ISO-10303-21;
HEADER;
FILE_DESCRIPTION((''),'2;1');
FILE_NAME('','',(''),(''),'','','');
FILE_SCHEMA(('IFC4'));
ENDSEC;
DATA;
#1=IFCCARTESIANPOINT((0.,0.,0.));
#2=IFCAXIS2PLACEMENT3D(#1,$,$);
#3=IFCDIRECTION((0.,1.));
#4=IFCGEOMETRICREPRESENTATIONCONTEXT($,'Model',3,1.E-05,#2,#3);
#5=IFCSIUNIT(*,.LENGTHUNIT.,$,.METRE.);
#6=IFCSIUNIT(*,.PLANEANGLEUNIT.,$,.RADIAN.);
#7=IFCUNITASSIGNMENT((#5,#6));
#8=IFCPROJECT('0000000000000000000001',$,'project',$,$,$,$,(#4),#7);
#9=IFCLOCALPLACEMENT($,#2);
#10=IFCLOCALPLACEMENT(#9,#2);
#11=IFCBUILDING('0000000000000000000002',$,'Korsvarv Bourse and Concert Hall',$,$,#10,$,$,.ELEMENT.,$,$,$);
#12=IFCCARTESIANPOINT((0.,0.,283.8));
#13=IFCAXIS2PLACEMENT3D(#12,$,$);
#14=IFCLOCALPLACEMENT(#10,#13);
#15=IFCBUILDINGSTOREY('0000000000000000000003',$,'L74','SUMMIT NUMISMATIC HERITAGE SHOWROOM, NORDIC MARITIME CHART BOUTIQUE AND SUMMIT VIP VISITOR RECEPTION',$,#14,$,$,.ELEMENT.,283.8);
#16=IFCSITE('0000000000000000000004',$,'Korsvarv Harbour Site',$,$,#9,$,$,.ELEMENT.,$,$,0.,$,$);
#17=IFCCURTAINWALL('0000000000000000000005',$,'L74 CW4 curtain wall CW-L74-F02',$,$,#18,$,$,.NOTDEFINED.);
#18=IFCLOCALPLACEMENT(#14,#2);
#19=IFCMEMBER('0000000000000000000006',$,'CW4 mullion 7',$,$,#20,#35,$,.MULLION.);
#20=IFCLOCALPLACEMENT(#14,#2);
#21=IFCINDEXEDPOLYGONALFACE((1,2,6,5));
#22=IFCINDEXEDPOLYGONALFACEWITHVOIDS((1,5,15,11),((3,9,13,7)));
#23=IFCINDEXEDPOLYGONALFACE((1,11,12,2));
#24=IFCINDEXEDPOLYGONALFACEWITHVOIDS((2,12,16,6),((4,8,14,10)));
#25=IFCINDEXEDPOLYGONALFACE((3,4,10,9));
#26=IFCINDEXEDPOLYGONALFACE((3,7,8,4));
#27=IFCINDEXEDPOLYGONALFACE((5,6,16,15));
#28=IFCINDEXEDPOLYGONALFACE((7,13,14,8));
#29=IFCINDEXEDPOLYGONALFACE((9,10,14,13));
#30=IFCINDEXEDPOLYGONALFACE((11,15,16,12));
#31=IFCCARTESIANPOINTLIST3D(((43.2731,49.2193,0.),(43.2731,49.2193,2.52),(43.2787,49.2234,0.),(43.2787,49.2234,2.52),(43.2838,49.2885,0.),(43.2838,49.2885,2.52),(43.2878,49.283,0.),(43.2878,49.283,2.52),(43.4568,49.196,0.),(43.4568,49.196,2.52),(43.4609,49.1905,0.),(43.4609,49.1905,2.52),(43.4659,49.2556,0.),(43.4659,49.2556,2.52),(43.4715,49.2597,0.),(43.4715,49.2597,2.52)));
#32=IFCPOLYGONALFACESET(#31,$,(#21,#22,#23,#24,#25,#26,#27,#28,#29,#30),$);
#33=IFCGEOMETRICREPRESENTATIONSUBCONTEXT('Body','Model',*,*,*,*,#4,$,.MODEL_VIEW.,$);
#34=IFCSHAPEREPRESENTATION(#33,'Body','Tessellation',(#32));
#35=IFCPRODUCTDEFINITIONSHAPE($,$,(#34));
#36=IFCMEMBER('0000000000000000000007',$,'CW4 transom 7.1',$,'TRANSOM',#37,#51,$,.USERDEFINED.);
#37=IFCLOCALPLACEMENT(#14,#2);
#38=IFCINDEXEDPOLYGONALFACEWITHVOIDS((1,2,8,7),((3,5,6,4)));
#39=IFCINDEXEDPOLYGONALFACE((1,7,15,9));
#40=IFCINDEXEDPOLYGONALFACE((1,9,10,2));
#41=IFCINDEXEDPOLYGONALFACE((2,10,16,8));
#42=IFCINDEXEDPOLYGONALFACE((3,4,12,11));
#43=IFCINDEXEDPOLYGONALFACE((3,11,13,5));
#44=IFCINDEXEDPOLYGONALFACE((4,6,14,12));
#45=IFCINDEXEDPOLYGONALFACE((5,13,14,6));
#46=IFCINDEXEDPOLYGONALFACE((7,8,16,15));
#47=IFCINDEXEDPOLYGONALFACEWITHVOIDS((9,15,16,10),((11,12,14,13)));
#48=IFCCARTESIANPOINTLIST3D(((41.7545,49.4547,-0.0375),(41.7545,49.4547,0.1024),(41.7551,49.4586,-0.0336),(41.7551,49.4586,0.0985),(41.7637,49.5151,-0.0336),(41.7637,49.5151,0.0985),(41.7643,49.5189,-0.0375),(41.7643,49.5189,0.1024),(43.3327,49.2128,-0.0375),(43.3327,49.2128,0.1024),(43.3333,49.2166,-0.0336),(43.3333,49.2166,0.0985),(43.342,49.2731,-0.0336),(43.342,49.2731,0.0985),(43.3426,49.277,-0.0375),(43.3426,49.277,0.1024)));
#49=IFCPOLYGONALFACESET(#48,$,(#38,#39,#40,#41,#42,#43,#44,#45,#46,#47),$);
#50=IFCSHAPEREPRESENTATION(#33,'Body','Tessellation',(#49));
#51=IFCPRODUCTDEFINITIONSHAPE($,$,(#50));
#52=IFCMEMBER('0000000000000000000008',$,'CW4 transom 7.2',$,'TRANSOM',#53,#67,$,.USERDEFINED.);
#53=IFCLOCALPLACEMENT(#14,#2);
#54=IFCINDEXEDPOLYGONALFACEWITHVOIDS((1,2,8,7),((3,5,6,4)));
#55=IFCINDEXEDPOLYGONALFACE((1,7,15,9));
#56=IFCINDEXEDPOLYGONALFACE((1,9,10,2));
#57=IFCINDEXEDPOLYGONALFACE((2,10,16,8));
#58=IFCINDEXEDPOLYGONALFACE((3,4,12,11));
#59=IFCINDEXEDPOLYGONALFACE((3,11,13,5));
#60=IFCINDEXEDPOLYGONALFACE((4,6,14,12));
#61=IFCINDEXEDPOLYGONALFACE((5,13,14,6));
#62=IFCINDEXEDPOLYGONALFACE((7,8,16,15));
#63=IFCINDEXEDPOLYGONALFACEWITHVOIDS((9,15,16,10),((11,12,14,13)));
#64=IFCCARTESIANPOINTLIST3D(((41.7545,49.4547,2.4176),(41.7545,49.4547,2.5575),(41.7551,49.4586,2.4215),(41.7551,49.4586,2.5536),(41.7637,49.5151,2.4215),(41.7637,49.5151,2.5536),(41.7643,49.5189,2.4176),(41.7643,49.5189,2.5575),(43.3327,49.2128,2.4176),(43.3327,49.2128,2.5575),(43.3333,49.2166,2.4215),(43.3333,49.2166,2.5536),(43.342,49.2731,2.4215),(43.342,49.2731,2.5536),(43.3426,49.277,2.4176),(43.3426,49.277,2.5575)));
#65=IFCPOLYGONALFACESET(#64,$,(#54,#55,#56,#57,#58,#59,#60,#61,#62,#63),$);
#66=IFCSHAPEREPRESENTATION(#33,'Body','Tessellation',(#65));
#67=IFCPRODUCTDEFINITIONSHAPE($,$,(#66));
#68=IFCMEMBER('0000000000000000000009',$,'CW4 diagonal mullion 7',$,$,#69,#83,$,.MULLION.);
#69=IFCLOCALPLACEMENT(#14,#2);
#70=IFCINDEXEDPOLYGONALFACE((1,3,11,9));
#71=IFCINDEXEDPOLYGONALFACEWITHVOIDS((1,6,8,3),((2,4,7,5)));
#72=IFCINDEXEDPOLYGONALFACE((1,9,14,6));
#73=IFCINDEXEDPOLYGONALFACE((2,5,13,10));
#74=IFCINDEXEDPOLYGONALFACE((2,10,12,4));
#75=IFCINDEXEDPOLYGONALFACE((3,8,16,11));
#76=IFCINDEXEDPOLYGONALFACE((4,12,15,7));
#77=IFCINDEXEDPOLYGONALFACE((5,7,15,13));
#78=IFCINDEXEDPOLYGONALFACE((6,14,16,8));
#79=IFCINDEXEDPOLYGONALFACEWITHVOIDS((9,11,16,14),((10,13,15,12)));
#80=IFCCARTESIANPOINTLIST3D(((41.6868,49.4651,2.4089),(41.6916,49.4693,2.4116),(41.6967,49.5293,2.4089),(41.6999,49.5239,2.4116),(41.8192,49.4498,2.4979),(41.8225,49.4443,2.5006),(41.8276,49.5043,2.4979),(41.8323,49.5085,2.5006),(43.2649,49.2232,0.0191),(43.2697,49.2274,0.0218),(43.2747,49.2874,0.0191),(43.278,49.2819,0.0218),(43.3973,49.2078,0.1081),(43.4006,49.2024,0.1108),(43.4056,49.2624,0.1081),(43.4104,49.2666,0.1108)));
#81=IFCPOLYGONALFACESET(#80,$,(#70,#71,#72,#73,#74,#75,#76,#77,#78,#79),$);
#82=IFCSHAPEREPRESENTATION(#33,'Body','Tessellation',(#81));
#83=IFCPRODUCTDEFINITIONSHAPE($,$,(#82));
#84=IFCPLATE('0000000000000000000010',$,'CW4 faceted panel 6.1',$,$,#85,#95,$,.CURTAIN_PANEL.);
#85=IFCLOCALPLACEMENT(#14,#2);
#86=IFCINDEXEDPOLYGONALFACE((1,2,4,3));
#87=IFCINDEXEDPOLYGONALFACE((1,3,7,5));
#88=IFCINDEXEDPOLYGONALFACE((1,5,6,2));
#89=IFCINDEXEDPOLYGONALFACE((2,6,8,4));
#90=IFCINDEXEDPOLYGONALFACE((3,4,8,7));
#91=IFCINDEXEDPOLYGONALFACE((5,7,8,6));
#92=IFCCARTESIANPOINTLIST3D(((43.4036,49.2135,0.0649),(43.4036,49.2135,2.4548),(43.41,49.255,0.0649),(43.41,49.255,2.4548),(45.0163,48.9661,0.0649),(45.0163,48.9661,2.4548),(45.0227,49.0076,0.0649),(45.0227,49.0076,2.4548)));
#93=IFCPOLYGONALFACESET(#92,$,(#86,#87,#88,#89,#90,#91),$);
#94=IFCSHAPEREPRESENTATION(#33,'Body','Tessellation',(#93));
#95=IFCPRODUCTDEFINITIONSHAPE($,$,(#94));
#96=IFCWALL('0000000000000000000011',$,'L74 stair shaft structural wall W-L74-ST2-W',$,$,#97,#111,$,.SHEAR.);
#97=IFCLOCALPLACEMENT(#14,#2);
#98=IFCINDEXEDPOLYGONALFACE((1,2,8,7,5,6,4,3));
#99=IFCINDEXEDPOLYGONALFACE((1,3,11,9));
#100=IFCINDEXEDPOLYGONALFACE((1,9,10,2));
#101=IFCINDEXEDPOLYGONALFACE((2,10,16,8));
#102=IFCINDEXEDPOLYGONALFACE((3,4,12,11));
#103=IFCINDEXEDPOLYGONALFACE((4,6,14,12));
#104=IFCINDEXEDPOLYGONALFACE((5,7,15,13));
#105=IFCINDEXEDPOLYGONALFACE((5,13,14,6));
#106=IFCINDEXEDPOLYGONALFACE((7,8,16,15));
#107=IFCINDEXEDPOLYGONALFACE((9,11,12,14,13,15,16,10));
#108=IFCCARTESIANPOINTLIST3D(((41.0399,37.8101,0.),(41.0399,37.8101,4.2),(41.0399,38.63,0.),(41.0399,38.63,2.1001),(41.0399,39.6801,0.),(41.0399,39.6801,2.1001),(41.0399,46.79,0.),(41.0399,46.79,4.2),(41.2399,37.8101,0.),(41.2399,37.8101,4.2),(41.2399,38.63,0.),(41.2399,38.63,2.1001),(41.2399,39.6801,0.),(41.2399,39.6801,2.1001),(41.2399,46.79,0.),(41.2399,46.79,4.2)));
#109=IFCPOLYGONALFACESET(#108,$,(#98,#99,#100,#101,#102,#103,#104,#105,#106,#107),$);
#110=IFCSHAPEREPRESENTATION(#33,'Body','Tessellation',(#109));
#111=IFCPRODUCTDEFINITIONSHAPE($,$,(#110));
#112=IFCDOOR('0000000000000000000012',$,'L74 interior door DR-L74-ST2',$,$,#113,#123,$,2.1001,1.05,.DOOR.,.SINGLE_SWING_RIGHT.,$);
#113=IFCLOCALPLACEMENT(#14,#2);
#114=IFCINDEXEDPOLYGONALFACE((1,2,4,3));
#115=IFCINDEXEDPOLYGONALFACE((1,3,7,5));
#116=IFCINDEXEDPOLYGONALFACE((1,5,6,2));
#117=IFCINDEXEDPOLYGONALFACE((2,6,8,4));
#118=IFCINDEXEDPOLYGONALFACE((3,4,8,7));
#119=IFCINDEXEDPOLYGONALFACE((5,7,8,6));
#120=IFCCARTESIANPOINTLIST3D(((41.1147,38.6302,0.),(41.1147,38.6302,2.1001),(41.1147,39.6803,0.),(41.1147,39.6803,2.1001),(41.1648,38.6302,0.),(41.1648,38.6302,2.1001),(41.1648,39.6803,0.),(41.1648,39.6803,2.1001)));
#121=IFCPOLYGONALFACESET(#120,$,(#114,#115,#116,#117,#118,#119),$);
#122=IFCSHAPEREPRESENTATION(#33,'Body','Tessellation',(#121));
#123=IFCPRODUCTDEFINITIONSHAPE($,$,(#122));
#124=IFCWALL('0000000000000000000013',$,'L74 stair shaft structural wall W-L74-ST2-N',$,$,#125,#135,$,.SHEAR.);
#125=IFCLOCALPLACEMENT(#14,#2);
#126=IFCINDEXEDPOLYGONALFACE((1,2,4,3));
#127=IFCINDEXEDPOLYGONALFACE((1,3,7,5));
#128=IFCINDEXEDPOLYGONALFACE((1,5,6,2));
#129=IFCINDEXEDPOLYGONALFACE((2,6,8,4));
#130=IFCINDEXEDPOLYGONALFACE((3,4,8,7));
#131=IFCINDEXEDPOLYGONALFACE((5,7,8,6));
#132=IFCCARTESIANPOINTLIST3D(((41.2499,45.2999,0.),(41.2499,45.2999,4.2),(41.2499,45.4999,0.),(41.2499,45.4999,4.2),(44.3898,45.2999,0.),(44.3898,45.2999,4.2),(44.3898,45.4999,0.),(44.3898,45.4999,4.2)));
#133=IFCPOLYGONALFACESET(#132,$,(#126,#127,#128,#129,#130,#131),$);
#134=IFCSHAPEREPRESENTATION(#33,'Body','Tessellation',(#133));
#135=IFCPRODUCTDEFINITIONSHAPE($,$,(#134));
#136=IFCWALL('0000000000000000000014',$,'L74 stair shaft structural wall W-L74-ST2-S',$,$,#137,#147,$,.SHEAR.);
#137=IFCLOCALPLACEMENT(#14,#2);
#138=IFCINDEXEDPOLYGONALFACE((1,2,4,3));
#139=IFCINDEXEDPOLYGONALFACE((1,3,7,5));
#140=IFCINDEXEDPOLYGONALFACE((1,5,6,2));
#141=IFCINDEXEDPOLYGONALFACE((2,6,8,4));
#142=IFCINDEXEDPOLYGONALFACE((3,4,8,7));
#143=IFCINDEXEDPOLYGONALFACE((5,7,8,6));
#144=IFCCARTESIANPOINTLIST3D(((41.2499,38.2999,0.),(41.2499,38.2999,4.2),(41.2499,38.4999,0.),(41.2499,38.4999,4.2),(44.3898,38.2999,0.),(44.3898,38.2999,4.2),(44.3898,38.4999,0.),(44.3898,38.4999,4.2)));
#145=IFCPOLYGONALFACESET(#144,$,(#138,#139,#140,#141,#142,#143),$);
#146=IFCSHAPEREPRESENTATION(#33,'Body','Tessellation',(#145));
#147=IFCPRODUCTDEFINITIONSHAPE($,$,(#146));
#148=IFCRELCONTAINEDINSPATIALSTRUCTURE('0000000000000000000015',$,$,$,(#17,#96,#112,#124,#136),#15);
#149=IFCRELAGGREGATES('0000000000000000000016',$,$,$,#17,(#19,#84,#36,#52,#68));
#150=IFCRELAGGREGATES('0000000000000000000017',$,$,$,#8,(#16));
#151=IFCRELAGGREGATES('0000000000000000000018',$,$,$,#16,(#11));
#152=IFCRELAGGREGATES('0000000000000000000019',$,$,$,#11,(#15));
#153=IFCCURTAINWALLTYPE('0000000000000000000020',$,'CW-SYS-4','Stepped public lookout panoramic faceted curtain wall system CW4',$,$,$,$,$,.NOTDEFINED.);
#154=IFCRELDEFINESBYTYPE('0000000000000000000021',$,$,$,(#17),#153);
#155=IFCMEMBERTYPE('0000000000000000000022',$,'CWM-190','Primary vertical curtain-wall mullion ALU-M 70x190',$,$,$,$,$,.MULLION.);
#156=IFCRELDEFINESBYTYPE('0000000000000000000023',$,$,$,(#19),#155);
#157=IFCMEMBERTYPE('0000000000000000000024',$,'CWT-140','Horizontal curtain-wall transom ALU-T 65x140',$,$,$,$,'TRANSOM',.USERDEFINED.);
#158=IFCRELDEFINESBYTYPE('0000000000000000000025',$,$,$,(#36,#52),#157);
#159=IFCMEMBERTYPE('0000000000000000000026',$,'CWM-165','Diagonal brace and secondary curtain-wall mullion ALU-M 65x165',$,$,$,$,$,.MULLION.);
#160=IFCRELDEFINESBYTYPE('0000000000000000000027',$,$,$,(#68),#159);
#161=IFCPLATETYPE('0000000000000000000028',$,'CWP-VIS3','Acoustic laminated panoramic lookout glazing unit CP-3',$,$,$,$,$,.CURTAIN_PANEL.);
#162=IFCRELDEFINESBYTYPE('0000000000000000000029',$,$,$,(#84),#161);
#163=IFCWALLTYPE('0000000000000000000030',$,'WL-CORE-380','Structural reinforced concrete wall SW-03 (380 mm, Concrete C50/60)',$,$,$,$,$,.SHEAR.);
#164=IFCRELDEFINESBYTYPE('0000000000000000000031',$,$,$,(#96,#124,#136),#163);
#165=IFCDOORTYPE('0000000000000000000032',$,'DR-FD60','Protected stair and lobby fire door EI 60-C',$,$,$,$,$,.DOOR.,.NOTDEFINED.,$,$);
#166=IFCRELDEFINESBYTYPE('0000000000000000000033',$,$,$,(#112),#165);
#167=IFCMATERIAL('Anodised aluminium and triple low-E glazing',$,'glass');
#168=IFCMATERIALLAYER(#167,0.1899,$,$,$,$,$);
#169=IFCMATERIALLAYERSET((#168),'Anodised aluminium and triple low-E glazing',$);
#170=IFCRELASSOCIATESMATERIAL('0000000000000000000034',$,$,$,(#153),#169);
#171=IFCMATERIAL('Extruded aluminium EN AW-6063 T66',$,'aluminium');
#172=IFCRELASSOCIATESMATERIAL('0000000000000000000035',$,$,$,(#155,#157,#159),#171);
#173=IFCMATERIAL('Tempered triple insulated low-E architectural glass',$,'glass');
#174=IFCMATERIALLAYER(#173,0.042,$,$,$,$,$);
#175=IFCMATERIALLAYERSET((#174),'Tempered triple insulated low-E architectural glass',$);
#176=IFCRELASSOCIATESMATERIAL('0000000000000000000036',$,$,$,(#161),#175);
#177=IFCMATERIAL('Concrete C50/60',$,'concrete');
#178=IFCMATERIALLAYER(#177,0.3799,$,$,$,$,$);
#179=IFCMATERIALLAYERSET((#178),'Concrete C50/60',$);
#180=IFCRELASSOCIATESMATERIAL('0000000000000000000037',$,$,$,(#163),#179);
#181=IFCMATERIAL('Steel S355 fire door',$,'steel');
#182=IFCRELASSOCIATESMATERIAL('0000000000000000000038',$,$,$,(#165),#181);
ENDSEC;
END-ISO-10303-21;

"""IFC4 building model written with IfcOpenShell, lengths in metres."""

from ifc_helpers import new_model, si_unit, direction, frame, frame_2d, origin, origin_2d, place, context, subcontext, project, spatial, rectangle, hollow_rectangle, extrude, source, transform, mapped, material, layer, layer_set, material_profile, profile_set, type_object, element, fill, aggregate, save


model = new_model("IFC4")

# Units and contexts
model_context = context("Model", 3, precision=1e-05, world=origin(), true_north=direction((0.0, 1.0)))
body_context = subcontext(model_context, "Body", "Model", "MODEL_VIEW")
ifc_project = project(units=[si_unit("LENGTHUNIT", "METRE"), si_unit("PLANEANGLEUNIT", "RADIAN")], contexts=[model_context])

# Site, building, storey
site_placement = place(None, origin())
site = spatial("IfcSite", under=ifc_project, at=site_placement, Name="Korsvarv Harbour Site", CompositionType="ELEMENT", RefElevation=0.0)
building_placement = place(site_placement, origin())
building = spatial("IfcBuilding", under=site, at=building_placement, Name="Korsvarv Bourse and Concert Hall", CompositionType="ELEMENT")
storey_placement = place(building_placement, frame((0.0, 0.0, 283.8)))
storey = spatial("IfcBuildingStorey", under=building, at=storey_placement, Name="L74", Description="SUMMIT NUMISMATIC HERITAGE SHOWROOM, NORDIC MARITIME CHART BOUTIQUE AND SUMMIT VIP VISITOR RECEPTION", CompositionType="ELEMENT", Elevation=283.8)

# Curtain wall, members, plate
ifc_material_1 = material(Name="Anodised aluminium and triple low-E glazing", Category="glass")
ifc_layer_1 = layer(ifc_material_1, 0.1899)
ifc_layer_set_1 = layer_set([ifc_layer_1], Name="Anodised aluminium and triple low-E glazing")
curtain_wall_type = type_object("IfcCurtainWallType", Name="CW-SYS-4", Description="Stepped public lookout panoramic faceted curtain wall system CW4", PredefinedType="NOTDEFINED", material=ifc_layer_set_1)
curtain_wall_placement = place(storey_placement, origin())
curtain_wall = element("IfcCurtainWall", 1, at=curtain_wall_placement, inside=storey, type_object=curtain_wall_type, Name="L74 CW4 curtain wall CW-L74-F02", PredefinedType="NOTDEFINED")
ifc_material_2 = material(Name="Extruded aluminium EN AW-6063 T66", Category="aluminium")
ifc_material_profile_1 = material_profile(ifc_material_2, hollow_rectangle(XDim=0.0701, YDim=0.1899, WallThickness=0.0049, at=origin_2d()), Name="ALU-M 70x190")
ifc_profile_set_1 = profile_set([ifc_material_profile_1], Name="Extruded aluminium EN AW-6063 T66")
member_type_1 = type_object("IfcMemberType", Name="CWM-190", Description="Primary vertical curtain-wall mullion ALU-M 70x190", PredefinedType="MULLION", material=ifc_profile_set_1)
shared_shape_1 = source(origin(), body_context, "Body", "SweptSolid", [
    extrude(hollow_rectangle(XDim=0.0701, YDim=0.1899, WallThickness=0.0049, at=origin_2d()), origin(), (0.0, 0.0, 1.0), 2.52),
])
member_1_placement = place(storey_placement, frame((43.3723, 49.2395, 0.0), z_axis=(0.0, 0.0, 1.0), x_axis=(-0.151631, -0.988437, 0.0)))
member_1 = element("IfcMember", 2, at=member_1_placement, type_object=member_type_1, Name="CW4 mullion 7", PredefinedType="MULLION", context=body_context, shape_type="MappedRepresentation", body=[
    mapped(shared_shape_1, transform((0.0, 0.0, 0.0), scale=1.0)),
])
ifc_material_profile_2 = material_profile(ifc_material_2, hollow_rectangle(XDim=0.0649, YDim=0.1399, WallThickness=0.0039, at=origin_2d()), Name="ALU-T 65x140")
ifc_profile_set_2 = profile_set([ifc_material_profile_2], Name="Extruded aluminium EN AW-6063 T66")
member_type_2 = type_object("IfcMemberType", Name="CWT-140", Description="Horizontal curtain-wall transom ALU-T 65x140", ElementType="TRANSOM", PredefinedType="USERDEFINED", material=ifc_profile_set_2)
shared_shape_2 = source(origin(), body_context, "Body", "SweptSolid", [
    extrude(hollow_rectangle(XDim=0.0649, YDim=0.1399, WallThickness=0.0039, at=origin_2d()), origin(), (0.0, 0.0, 1.0), 1.5967),
])
member_2_placement = place(storey_placement, frame((43.3376, 49.2449, 0.0325), z_axis=(-0.988451, 0.15154, 0.0), x_axis=(-0.15154, -0.988451, 0.0)))
member_2 = element("IfcMember", 3, at=member_2_placement, type_object=member_type_2, Name="CW4 transom 7.1", ObjectType="TRANSOM", PredefinedType="USERDEFINED", context=body_context, shape_type="MappedRepresentation", body=[
    mapped(shared_shape_2, transform((0.0, 0.0, 0.0), scale=1.0)),
])
member_3_placement = place(storey_placement, frame((43.3376, 49.2449, 2.4875), z_axis=(-0.988451, 0.15154, 0.0), x_axis=(-0.15154, -0.988451, 0.0)))
member_3 = element("IfcMember", 4, at=member_3_placement, type_object=member_type_2, Name="CW4 transom 7.2", ObjectType="TRANSOM", PredefinedType="USERDEFINED", context=body_context, shape_type="MappedRepresentation", body=[
    mapped(shared_shape_2, transform((0.0, 0.0, 0.0), scale=1.0)),
])
ifc_material_profile_3 = material_profile(ifc_material_2, hollow_rectangle(XDim=0.0649, YDim=0.165, WallThickness=0.0049, at=origin_2d()), Name="ALU-M 65x165")
ifc_profile_set_3 = profile_set([ifc_material_profile_3], Name="Extruded aluminium EN AW-6063 T66")
member_type_3 = type_object("IfcMemberType", Name="CWM-165", Description="Diagonal brace and secondary curtain-wall mullion ALU-M 65x165", PredefinedType="MULLION", material=ifc_profile_set_3)
shared_shape_3 = source(origin(), body_context, "Body", "SweptSolid", [
    extrude(hollow_rectangle(XDim=0.0649, YDim=0.165, WallThickness=0.0049, at=origin_2d()), origin(), (0.0, 0.0, 1.0), 2.874),
])
member_4_placement = place(storey_placement, frame((43.3376, 49.2449, 0.0649), z_axis=(-0.54908, 0.08418, 0.83152), x_axis=(-0.15154, -0.988451, 0.0)))
member_4 = element("IfcMember", 5, at=member_4_placement, type_object=member_type_3, Name="CW4 diagonal mullion 7", PredefinedType="MULLION", context=body_context, shape_type="MappedRepresentation", body=[
    mapped(shared_shape_3, transform((0.0, 0.0, 0.0), scale=1.0)),
])
ifc_material_3 = material(Name="Tempered triple insulated low-E architectural glass", Category="glass")
ifc_layer_2 = layer(ifc_material_3, 0.042)
ifc_layer_set_2 = layer_set([ifc_layer_2], Name="Tempered triple insulated low-E architectural glass")
plate_type = type_object("IfcPlateType", Name="CWP-VIS3", Description="Acoustic laminated panoramic lookout glazing unit CP-3", PredefinedType="CURTAIN_PANEL", material=ifc_layer_set_2)
shared_shape_4 = source(origin(), body_context, "Body", "SweptSolid", [
    extrude(rectangle(XDim=1.6316, YDim=0.042, at=origin_2d()), origin(), (0.0, 0.0, 1.0), 2.3899),
])
plate_placement = place(storey_placement, frame((44.2131, 49.1106, 0.0649), z_axis=(0.0, 0.0, 1.0), x_axis=(-0.988437, 0.151631, 0.0)))
plate = element("IfcPlate", 6, at=plate_placement, type_object=plate_type, Name="CW4 faceted panel 6.1", PredefinedType="CURTAIN_PANEL", context=body_context, shape_type="MappedRepresentation", body=[
    mapped(shared_shape_4, transform((0.0, 0.0, 0.0), scale=1.0)),
])
aggregate(curtain_wall, [member_1, plate, member_2, member_3, member_4])

# Wall, opening, door
ifc_material_4 = material(Name="Concrete C50/60", Category="concrete")
ifc_layer_3 = layer(ifc_material_4, 0.3799)
ifc_layer_set_3 = layer_set([ifc_layer_3], Name="Concrete C50/60")
wall_type_1 = type_object("IfcWallType", Name="WL-CORE-380", Description="Structural reinforced concrete wall SW-03 (380 mm, Concrete C50/60)", PredefinedType="SHEAR", material=ifc_layer_set_3)
wall_1_placement = place(storey_placement, frame((41.1399, 37.8101, 0.0), z_axis=(0.0, 0.0, 1.0), x_axis=(0.0, 1.0, 0.0)))
wall_1 = element("IfcWall", 7, at=wall_1_placement, inside=storey, type_object=wall_type_1, Name="L74 stair shaft structural wall W-L74-ST2-W", PredefinedType="SHEAR", context=body_context, shape_type="SweptSolid", body=[
    extrude(rectangle(XDim=8.98, YDim=0.2, at=frame_2d((4.49, 0.0))), origin(), (0.0, 0.0, 1.0), 4.2),
])
opening_1_placement = place(wall_1_placement, frame((0.8201, 0.0, 0.0)))
opening_1 = element("IfcOpeningElement", 8, at=opening_1_placement, cuts=wall_1, PredefinedType="OPENING", context=body_context, shape_type="SweptSolid", body=[
    extrude(rectangle(XDim=1.05, YDim=2.1001, at=frame_2d((0.5249, 1.05))), frame((0.0, 0.1099, 0.0), z_axis=(0.0, -1.0, 0.0), x_axis=(1.0, 0.0, 0.0)), (0.0, 0.0, 1.0), 0.22),
])
ifc_material_5 = material(Name="Steel S355 fire door", Category="steel")
door_type_1 = type_object("IfcDoorType", Name="DR-FD60", Description="Protected stair and lobby fire door EI 60-C", OperationType="NOTDEFINED", PredefinedType="DOOR", material=ifc_material_5)
door_1_placement = place(opening_1_placement, frame((1.05, 0.0, 0.0), z_axis=(0.0, 0.0, 1.0), x_axis=(-1.0, 0.0, 0.0)))
door_1 = element("IfcDoor", 9, at=door_1_placement, inside=storey, type_object=door_type_1, Name="L74 interior door DR-L74-ST2", OperationType="SINGLE_SWING_RIGHT", OverallHeight=2.1001, OverallWidth=1.05, PredefinedType="DOOR", context=body_context, shape_type="SweptSolid", body=[
    extrude(rectangle(XDim=1.05, YDim=2.1001, at=frame_2d((0.5249, 1.05))), frame((0.0, 0.0249, 0.0), z_axis=(0.0, -1.0, 0.0), x_axis=(1.0, 0.0, 0.0)), (0.0, 0.0, 1.0), 0.05),
])
fill(opening_1, door_1)

# Walls
for number, where, z_axis, x_axis, name in (
    (10, (41.25, 45.3999, 0.0), (0.0, 0.0, 1.0), (1.0, 0.0, 0.0), "L74 stair shaft structural wall W-L74-ST2-N"),
    (11, (41.25, 38.3999, 0.0), (0.0, 0.0, 1.0), (1.0, 0.0, 0.0), "L74 stair shaft structural wall W-L74-ST2-S"),
):
    element("IfcWall", number, at=place(storey_placement, frame(where, z_axis=z_axis, x_axis=x_axis)), inside=storey, type_object=wall_type_1, Name=name, PredefinedType="SHEAR", context=body_context, shape_type="SweptSolid", body=[
        extrude(rectangle(XDim=3.1399, YDim=0.2, at=frame_2d((1.5698, 0.0))), origin(), (0.0, 0.0, 1.0), 4.2),
    ])

save(model, "model.ifc")
